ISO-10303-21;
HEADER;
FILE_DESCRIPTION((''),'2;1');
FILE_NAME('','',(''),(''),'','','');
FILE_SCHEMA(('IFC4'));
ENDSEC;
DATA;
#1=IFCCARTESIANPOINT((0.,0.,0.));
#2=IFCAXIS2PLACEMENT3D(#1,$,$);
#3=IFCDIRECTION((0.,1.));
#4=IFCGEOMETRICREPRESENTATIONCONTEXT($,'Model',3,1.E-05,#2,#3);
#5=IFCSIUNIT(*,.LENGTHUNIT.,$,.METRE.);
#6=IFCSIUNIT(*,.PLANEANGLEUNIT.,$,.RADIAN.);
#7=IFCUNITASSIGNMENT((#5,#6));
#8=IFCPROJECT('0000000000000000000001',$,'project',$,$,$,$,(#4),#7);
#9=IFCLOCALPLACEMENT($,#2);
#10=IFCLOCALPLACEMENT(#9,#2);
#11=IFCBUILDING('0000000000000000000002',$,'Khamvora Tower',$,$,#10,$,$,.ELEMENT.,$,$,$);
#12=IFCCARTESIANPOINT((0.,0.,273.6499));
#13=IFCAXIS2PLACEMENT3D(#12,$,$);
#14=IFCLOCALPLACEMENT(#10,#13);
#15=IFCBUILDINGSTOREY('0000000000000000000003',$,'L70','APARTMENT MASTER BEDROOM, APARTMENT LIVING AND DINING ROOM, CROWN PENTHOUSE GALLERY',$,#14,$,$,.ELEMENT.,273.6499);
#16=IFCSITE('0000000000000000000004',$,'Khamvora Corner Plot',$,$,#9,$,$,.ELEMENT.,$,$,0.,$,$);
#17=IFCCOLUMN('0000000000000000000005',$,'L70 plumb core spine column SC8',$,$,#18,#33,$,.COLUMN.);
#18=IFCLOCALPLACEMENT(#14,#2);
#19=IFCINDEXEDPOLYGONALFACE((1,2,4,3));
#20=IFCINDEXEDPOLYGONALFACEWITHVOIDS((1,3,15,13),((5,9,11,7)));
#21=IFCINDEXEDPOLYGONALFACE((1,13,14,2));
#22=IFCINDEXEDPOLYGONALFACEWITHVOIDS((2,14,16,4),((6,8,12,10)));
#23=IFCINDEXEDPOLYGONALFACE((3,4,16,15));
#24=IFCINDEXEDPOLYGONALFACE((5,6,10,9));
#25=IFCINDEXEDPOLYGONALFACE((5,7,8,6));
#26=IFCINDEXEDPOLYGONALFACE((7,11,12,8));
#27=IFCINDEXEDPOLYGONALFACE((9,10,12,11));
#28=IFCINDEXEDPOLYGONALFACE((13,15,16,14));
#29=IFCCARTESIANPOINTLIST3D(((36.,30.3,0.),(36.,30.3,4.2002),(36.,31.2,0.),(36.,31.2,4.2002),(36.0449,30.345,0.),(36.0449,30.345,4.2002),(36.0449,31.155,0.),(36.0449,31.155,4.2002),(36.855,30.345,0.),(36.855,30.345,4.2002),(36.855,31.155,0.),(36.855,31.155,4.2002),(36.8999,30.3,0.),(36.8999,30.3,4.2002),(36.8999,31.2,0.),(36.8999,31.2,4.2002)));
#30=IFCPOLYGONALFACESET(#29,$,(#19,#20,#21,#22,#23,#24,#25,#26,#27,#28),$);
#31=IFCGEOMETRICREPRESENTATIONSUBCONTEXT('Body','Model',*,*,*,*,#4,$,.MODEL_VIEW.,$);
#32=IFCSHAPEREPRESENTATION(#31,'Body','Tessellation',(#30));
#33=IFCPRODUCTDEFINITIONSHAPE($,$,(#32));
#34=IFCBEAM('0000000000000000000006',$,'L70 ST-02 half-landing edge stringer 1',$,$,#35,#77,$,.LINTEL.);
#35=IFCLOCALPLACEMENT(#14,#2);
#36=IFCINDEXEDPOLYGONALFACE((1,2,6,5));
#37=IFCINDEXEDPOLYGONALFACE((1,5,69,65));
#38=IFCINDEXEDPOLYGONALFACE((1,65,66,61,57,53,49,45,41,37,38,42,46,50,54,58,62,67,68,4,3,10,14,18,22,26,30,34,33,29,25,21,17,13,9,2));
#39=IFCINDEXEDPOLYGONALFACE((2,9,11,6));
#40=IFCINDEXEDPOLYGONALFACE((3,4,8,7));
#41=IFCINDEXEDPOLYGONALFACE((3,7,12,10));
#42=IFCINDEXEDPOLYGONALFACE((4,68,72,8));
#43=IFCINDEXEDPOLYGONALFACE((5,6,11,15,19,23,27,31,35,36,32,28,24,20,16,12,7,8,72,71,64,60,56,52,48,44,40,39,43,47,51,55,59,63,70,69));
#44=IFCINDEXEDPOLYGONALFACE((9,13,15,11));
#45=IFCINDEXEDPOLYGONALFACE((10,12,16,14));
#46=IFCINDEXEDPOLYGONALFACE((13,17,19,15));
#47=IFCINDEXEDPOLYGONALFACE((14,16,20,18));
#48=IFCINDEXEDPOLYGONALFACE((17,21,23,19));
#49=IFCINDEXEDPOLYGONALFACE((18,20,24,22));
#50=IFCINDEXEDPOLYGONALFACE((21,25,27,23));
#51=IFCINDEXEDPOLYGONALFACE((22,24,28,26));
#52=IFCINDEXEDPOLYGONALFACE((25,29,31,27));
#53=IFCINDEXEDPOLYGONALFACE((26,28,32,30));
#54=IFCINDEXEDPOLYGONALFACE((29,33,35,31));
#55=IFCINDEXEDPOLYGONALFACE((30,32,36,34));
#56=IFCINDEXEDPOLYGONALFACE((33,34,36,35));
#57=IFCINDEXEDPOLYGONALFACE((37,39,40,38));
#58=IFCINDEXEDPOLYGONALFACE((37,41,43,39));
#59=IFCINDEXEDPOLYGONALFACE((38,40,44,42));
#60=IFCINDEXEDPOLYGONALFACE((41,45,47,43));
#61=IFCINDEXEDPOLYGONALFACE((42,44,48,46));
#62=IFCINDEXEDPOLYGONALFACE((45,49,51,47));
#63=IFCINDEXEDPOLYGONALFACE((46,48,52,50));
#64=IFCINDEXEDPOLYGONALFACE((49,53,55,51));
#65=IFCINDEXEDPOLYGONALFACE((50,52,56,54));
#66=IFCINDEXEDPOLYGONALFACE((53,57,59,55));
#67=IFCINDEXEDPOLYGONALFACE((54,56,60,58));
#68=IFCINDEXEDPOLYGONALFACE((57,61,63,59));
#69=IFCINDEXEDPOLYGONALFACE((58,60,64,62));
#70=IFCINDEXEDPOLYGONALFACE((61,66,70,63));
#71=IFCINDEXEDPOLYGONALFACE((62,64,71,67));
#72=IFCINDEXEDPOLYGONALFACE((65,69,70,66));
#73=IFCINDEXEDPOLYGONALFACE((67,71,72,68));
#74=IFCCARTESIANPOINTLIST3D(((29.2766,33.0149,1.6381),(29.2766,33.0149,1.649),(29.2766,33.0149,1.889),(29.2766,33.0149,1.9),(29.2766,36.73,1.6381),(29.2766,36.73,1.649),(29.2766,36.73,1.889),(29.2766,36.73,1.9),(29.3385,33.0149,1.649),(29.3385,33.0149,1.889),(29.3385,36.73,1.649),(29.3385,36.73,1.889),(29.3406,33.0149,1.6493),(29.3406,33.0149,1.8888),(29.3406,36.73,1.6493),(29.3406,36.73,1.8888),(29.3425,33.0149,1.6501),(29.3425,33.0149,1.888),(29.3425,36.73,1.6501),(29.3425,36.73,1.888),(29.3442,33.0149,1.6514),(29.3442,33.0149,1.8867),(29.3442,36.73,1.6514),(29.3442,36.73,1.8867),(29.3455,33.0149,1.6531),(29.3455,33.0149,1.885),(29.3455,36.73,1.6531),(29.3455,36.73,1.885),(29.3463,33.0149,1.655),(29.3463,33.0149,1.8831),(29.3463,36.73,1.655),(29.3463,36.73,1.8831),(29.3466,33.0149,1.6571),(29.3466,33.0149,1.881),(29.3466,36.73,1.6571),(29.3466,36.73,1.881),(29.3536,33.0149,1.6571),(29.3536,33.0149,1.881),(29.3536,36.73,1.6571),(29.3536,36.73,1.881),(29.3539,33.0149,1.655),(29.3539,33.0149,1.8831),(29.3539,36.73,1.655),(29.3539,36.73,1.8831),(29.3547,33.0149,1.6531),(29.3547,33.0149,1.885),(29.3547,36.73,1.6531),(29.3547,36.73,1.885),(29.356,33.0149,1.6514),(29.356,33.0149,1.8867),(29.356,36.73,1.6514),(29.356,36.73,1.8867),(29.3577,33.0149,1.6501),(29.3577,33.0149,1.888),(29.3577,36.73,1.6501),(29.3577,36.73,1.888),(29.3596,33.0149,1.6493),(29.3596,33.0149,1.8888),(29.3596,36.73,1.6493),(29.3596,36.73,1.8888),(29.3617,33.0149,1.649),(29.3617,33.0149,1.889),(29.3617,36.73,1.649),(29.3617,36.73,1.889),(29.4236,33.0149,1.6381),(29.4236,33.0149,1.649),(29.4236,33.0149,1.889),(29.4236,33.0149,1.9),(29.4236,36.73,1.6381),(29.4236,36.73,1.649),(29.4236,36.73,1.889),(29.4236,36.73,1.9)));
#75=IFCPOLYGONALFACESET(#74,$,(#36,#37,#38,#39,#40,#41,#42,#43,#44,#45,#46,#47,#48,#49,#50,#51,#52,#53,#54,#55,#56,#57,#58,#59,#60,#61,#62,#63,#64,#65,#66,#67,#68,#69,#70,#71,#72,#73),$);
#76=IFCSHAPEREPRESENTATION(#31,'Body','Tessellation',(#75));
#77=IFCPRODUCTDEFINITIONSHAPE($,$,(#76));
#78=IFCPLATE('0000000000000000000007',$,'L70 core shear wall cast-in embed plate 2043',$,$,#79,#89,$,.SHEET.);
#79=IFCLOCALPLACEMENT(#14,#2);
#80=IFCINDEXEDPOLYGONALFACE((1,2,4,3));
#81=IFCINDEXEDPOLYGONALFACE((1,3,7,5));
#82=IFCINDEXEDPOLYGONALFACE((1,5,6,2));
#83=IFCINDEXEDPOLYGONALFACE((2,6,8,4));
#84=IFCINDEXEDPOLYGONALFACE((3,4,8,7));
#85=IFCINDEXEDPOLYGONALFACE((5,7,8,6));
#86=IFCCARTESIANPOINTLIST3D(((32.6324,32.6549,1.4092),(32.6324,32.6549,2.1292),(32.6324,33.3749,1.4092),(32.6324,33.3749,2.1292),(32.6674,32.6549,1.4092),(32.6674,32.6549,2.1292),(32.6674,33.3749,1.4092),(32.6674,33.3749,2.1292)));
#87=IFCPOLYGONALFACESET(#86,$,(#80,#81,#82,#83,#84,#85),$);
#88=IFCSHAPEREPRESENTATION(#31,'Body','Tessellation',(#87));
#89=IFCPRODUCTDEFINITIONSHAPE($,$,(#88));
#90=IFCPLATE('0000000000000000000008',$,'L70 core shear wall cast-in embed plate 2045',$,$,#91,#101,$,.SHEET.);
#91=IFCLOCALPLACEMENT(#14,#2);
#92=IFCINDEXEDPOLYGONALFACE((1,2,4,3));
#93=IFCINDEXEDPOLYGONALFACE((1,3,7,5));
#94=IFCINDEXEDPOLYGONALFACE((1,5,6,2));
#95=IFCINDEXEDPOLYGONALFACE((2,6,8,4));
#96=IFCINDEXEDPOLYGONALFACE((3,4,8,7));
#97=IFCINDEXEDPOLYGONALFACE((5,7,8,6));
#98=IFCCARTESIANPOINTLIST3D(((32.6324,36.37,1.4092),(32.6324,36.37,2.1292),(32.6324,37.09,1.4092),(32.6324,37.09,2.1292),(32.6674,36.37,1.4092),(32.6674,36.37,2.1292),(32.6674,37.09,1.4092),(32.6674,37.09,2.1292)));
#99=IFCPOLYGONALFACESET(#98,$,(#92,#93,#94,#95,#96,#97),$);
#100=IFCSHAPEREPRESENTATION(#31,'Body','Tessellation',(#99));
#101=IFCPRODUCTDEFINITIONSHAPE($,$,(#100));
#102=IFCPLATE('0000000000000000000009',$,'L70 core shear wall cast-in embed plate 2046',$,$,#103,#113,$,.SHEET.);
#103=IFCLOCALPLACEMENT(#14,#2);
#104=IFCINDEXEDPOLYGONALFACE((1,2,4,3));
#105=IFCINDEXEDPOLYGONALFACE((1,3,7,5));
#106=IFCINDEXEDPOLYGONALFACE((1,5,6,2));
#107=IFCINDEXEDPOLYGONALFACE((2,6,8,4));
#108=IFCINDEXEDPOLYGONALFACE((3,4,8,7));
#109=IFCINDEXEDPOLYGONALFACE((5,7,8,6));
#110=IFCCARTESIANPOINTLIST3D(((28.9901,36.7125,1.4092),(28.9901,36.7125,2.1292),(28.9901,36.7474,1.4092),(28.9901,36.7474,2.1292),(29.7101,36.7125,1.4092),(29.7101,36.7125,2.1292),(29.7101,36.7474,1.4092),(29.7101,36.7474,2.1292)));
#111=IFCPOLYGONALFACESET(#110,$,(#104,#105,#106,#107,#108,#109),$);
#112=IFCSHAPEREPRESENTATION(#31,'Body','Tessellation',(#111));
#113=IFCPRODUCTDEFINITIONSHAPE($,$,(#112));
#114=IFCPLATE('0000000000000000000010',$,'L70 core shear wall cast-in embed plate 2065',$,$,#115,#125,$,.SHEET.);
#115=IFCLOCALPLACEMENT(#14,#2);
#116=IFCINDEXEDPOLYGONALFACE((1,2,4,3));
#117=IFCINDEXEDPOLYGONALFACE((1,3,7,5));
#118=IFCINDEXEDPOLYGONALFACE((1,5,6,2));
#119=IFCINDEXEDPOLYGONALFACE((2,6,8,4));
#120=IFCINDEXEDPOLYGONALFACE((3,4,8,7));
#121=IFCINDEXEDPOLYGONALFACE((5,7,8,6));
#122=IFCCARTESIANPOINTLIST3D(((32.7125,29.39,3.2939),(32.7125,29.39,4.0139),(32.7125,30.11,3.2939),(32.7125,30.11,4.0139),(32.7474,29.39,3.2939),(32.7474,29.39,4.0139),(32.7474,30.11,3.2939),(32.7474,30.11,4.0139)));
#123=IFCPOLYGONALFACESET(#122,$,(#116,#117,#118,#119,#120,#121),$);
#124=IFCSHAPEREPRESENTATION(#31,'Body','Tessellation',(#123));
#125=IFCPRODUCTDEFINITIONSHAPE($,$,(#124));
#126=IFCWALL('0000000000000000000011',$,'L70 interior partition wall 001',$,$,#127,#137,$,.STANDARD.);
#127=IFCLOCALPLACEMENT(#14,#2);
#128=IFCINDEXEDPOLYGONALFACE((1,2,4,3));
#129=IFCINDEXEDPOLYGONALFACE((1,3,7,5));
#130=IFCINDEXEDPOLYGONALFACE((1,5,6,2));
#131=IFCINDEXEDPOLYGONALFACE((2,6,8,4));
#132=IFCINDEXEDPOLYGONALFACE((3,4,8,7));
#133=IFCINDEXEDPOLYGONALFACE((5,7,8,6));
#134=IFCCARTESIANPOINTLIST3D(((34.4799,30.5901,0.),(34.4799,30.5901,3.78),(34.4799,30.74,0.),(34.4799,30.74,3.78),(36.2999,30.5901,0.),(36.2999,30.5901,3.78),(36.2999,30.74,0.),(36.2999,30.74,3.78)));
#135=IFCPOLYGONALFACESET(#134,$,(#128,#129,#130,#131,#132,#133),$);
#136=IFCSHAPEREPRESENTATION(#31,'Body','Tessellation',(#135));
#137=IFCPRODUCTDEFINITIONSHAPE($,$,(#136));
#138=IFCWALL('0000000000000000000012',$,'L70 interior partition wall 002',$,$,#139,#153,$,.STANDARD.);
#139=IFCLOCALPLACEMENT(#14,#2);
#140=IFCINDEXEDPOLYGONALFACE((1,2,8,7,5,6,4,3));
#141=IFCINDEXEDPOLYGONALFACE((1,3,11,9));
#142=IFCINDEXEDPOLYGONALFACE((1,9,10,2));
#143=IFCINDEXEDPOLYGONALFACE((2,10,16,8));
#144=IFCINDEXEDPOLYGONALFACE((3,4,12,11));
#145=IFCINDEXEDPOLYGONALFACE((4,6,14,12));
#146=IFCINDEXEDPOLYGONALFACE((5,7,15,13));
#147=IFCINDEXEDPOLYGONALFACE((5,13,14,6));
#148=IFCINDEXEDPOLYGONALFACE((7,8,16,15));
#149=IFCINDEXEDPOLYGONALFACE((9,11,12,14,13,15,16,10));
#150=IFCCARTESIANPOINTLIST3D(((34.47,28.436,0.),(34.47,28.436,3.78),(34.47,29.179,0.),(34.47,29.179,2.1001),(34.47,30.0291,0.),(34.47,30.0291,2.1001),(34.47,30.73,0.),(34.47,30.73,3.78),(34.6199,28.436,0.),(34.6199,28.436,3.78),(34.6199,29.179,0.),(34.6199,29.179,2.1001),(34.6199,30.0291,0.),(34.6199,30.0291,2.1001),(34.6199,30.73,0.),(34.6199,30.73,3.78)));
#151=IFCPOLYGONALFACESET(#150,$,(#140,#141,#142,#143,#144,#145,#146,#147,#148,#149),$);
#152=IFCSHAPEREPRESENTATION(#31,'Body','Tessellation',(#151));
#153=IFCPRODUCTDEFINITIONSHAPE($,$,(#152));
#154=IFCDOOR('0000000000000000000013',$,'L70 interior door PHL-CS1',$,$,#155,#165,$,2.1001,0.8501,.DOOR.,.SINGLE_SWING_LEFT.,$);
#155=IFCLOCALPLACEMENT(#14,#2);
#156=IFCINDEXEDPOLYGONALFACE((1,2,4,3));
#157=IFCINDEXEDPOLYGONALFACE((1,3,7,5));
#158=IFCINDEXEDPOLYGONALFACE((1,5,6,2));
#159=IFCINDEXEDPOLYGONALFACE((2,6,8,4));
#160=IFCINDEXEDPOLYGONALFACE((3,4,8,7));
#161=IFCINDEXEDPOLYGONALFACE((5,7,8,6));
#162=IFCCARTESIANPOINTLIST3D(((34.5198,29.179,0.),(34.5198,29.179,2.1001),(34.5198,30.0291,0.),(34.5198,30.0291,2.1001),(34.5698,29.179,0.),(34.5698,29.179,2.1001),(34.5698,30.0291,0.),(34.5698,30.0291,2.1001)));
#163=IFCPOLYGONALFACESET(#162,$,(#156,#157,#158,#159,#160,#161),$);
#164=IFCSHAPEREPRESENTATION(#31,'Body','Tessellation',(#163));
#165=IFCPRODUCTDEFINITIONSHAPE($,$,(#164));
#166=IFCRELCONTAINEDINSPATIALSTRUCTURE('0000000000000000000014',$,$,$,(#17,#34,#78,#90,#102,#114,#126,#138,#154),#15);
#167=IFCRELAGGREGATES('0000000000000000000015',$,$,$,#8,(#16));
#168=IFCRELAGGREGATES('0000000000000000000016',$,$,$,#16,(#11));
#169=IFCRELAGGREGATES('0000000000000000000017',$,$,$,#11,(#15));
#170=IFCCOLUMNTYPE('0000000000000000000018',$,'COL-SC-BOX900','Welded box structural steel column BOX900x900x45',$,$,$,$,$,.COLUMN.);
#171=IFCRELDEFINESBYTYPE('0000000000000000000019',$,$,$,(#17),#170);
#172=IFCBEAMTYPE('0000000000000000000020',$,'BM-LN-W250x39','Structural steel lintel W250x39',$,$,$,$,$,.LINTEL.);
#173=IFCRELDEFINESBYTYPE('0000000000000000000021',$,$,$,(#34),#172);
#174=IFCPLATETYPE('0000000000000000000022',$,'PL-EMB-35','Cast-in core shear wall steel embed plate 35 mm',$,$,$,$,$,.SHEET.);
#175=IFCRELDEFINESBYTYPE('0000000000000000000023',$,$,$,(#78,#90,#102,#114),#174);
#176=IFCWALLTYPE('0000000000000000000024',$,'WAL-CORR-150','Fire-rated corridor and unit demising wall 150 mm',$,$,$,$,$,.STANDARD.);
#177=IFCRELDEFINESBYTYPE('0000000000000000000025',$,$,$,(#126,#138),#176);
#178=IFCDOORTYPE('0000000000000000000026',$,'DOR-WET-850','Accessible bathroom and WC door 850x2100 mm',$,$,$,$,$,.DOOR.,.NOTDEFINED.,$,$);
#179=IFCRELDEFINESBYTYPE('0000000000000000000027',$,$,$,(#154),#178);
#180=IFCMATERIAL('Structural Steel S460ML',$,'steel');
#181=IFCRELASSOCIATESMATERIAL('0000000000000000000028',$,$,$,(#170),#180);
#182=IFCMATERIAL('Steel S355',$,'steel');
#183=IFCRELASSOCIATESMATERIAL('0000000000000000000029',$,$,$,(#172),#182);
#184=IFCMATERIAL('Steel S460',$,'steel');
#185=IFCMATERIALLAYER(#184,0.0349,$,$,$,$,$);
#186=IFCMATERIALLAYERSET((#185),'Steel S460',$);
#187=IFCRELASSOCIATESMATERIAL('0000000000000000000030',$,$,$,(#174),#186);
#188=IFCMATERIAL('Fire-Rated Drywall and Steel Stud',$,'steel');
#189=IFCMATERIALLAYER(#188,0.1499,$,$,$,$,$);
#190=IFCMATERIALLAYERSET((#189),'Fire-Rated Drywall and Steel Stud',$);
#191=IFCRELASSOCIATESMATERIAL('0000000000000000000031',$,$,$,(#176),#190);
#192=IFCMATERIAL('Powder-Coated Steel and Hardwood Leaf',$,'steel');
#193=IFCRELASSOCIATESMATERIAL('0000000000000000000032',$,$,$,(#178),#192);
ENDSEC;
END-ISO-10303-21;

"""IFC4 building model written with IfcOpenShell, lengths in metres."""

from ifc_helpers import new_model, si_unit, direction, frame, frame_2d, origin, origin_2d, place, context, subcontext, project, spatial, rectangle, hollow_rectangle, i_section, extrude, material, layer, layer_set, material_profile, profile_set, type_object, element, fill, save


model = new_model("IFC4")

# Units and contexts
model_context = context("Model", 3, precision=1e-05, world=origin(), true_north=direction((0.0, 1.0)))
body_context = subcontext(model_context, "Body", "Model", "MODEL_VIEW")
ifc_project = project(units=[si_unit("LENGTHUNIT", "METRE"), si_unit("PLANEANGLEUNIT", "RADIAN")], contexts=[model_context])

# Site, building, storey
site_placement = place(None, origin())
site = spatial("IfcSite", under=ifc_project, at=site_placement, Name="Khamvora Corner Plot", CompositionType="ELEMENT", RefElevation=0.0)
building_placement = place(site_placement, origin())
building = spatial("IfcBuilding", under=site, at=building_placement, Name="Khamvora Tower", CompositionType="ELEMENT")
storey_placement = place(building_placement, frame((0.0, 0.0, 273.6499)))
storey = spatial("IfcBuildingStorey", under=building, at=storey_placement, Name="L70", Description="APARTMENT MASTER BEDROOM, APARTMENT LIVING AND DINING ROOM, CROWN PENTHOUSE GALLERY", CompositionType="ELEMENT", Elevation=273.6499)

# Column
ifc_material_1 = material(Name="Structural Steel S460ML", Category="steel")
ifc_material_profile_1 = material_profile(ifc_material_1, hollow_rectangle(XDim=0.8999, YDim=0.8999, WallThickness=0.0449, at=origin_2d()), Name="BOX900x900x45")
ifc_profile_set_1 = profile_set([ifc_material_profile_1], Name="Structural Steel S460ML")
column_type = type_object("IfcColumnType", Name="COL-SC-BOX900", Description="Welded box structural steel column BOX900x900x45", PredefinedType="COLUMN", material=ifc_profile_set_1)
column_placement = place(storey_placement, frame((36.45, 30.75, 0.0), z_axis=(0.0, 0.0, 1.0), x_axis=(1.0, 0.0, 0.0)))
element("IfcColumn", 1, at=column_placement, inside=storey, type_object=column_type, Name="L70 plumb core spine column SC8", PredefinedType="COLUMN", context=body_context, shape_type="SweptSolid", body=[
    extrude(hollow_rectangle(XDim=0.8999, YDim=0.8999, WallThickness=0.0449, at=origin_2d()), origin(), (0.0, 0.0, 1.0), 4.2002),
])

# Beam
ifc_material_2 = material(Name="Steel S355", Category="steel")
ifc_material_profile_2 = material_profile(ifc_material_2, i_section(OverallWidth=0.147, OverallDepth=0.262, WebThickness=0.0071, FlangeThickness=0.011, FilletRadius=0.0081, at=origin_2d()), Name="W250x39")
ifc_profile_set_2 = profile_set([ifc_material_profile_2], Name="Steel S355")
beam_type = type_object("IfcBeamType", Name="BM-LN-W250x39", Description="Structural steel lintel W250x39", PredefinedType="LINTEL", material=ifc_profile_set_2)
beam_placement = place(storey_placement, frame((29.3501, 33.0149, 1.769), z_axis=(0.0, 1.0, 0.0), x_axis=(-1.0, 0.0, 0.0)))
element("IfcBeam", 2, at=beam_placement, inside=storey, type_object=beam_type, Name="L70 ST-02 half-landing edge stringer 1", PredefinedType="LINTEL", context=body_context, shape_type="SweptSolid", body=[
    extrude(i_section(OverallWidth=0.147, OverallDepth=0.262, WebThickness=0.0071, FlangeThickness=0.011, FilletRadius=0.0081, at=origin_2d()), origin(), (0.0, 0.0, 1.0), 3.7151),
])

# Plates
ifc_material_3 = material(Name="Steel S460", Category="steel")
ifc_layer_1 = layer(ifc_material_3, 0.0349)
ifc_layer_set_1 = layer_set([ifc_layer_1], Name="Steel S460")
plate_type = type_object("IfcPlateType", Name="PL-EMB-35", Description="Cast-in core shear wall steel embed plate 35 mm", PredefinedType="SHEET", material=ifc_layer_set_1)
for number, where, z_axis, x_axis, name in (
    (3, (32.6499, 33.0149, 1.4092), (0.0, 0.0, 1.0), (1.0, 0.0, 0.0), "L70 core shear wall cast-in embed plate 2043"),
    (4, (32.6499, 36.73, 1.4092), (0.0, 0.0, 1.0), (1.0, 0.0, 0.0), "L70 core shear wall cast-in embed plate 2045"),
):
    element("IfcPlate", number, at=place(storey_placement, frame(where, z_axis=z_axis, x_axis=x_axis)), inside=storey, type_object=plate_type, Name=name, PredefinedType="SHEET", context=body_context, shape_type="SweptSolid", body=[
        extrude(rectangle(XDim=0.0349, YDim=0.72, at=origin_2d()), origin(), (0.0, 0.0, 1.0), 0.72),
    ])
plate_1_placement = place(storey_placement, frame((29.3501, 36.73, 1.4092), z_axis=(0.0, 0.0, 1.0), x_axis=(1.0, 0.0, 0.0)))
element("IfcPlate", 5, at=plate_1_placement, inside=storey, type_object=plate_type, Name="L70 core shear wall cast-in embed plate 2046", PredefinedType="SHEET", context=body_context, shape_type="SweptSolid", body=[
    extrude(rectangle(XDim=0.72, YDim=0.0349, at=origin_2d()), origin(), (0.0, 0.0, 1.0), 0.72),
])
plate_2_placement = place(storey_placement, frame((32.73, 29.75, 3.2939), z_axis=(0.0, 0.0, 1.0), x_axis=(1.0, 0.0, 0.0)))
element("IfcPlate", 6, at=plate_2_placement, inside=storey, type_object=plate_type, Name="L70 core shear wall cast-in embed plate 2065", PredefinedType="SHEET", context=body_context, shape_type="SweptSolid", body=[
    extrude(rectangle(XDim=0.0349, YDim=0.72, at=origin_2d()), origin(), (0.0, 0.0, 1.0), 0.72),
])

# Shared definitions
ifc_material_4 = material(Name="Powder-Coated Steel and Hardwood Leaf", Category="steel")

# Wall
ifc_material_5 = material(Name="Fire-Rated Drywall and Steel Stud", Category="steel")
ifc_layer_2 = layer(ifc_material_5, 0.1499)
ifc_layer_set_2 = layer_set([ifc_layer_2], Name="Fire-Rated Drywall and Steel Stud")
wall_type_1 = type_object("IfcWallType", Name="WAL-CORR-150", Description="Fire-rated corridor and unit demising wall 150 mm", PredefinedType="STANDARD", material=ifc_layer_set_2)
wall_1_placement = place(storey_placement, frame((36.3, 30.665, 0.0), z_axis=(0.0, 0.0, 1.0), x_axis=(-1.0, 0.0, 0.0)))
element("IfcWall", 7, at=wall_1_placement, inside=storey, type_object=wall_type_1, Name="L70 interior partition wall 001", PredefinedType="STANDARD", context=body_context, shape_type="SweptSolid", body=[
    extrude(rectangle(XDim=1.8201, YDim=0.1499, at=frame_2d((0.9102, 0.0))), origin(), (0.0, 0.0, 1.0), 3.78),
])

# Wall, opening, door
wall_2_placement = place(storey_placement, frame((34.5449, 30.73, 0.0), z_axis=(0.0, 0.0, 1.0), x_axis=(0.0, -1.0, 0.0)))
wall_2 = element("IfcWall", 8, at=wall_2_placement, inside=storey, type_object=wall_type_1, Name="L70 interior partition wall 002", PredefinedType="STANDARD", context=body_context, shape_type="SweptSolid", body=[
    extrude(rectangle(XDim=2.2939, YDim=0.1499, at=frame_2d((1.147, 0.0))), origin(), (0.0, 0.0, 1.0), 3.78),
])
opening_1_placement = place(wall_2_placement, frame((0.7009, 0.0, 0.0)))
opening_1 = element("IfcOpeningElement", 9, at=opening_1_placement, cuts=wall_2, PredefinedType="OPENING", context=body_context, shape_type="SweptSolid", body=[
    extrude(rectangle(XDim=0.8501, YDim=2.1001, at=frame_2d((0.425, 1.05))), frame((0.0, 0.085, 0.0), z_axis=(0.0, -1.0, 0.0), x_axis=(1.0, 0.0, 0.0)), (0.0, 0.0, 1.0), 0.1699),
])
door_type_1 = type_object("IfcDoorType", Name="DOR-WET-850", Description="Accessible bathroom and WC door 850x2100 mm", OperationType="NOTDEFINED", PredefinedType="DOOR", material=ifc_material_4)
door_1_placement = place(opening_1_placement, origin())
door_1 = element("IfcDoor", 10, at=door_1_placement, inside=storey, type_object=door_type_1, Name="L70 interior door PHL-CS1", OperationType="SINGLE_SWING_LEFT", OverallHeight=2.1001, OverallWidth=0.8501, PredefinedType="DOOR", context=body_context, shape_type="SweptSolid", body=[
    extrude(rectangle(XDim=0.8501, YDim=2.1001, at=frame_2d((0.425, 1.05))), frame((0.0, 0.0249, 0.0), z_axis=(0.0, -1.0, 0.0), x_axis=(1.0, 0.0, 0.0)), (0.0, 0.0, 1.0), 0.05),
])
fill(opening_1, door_1)

save(model, "model.ifc")
